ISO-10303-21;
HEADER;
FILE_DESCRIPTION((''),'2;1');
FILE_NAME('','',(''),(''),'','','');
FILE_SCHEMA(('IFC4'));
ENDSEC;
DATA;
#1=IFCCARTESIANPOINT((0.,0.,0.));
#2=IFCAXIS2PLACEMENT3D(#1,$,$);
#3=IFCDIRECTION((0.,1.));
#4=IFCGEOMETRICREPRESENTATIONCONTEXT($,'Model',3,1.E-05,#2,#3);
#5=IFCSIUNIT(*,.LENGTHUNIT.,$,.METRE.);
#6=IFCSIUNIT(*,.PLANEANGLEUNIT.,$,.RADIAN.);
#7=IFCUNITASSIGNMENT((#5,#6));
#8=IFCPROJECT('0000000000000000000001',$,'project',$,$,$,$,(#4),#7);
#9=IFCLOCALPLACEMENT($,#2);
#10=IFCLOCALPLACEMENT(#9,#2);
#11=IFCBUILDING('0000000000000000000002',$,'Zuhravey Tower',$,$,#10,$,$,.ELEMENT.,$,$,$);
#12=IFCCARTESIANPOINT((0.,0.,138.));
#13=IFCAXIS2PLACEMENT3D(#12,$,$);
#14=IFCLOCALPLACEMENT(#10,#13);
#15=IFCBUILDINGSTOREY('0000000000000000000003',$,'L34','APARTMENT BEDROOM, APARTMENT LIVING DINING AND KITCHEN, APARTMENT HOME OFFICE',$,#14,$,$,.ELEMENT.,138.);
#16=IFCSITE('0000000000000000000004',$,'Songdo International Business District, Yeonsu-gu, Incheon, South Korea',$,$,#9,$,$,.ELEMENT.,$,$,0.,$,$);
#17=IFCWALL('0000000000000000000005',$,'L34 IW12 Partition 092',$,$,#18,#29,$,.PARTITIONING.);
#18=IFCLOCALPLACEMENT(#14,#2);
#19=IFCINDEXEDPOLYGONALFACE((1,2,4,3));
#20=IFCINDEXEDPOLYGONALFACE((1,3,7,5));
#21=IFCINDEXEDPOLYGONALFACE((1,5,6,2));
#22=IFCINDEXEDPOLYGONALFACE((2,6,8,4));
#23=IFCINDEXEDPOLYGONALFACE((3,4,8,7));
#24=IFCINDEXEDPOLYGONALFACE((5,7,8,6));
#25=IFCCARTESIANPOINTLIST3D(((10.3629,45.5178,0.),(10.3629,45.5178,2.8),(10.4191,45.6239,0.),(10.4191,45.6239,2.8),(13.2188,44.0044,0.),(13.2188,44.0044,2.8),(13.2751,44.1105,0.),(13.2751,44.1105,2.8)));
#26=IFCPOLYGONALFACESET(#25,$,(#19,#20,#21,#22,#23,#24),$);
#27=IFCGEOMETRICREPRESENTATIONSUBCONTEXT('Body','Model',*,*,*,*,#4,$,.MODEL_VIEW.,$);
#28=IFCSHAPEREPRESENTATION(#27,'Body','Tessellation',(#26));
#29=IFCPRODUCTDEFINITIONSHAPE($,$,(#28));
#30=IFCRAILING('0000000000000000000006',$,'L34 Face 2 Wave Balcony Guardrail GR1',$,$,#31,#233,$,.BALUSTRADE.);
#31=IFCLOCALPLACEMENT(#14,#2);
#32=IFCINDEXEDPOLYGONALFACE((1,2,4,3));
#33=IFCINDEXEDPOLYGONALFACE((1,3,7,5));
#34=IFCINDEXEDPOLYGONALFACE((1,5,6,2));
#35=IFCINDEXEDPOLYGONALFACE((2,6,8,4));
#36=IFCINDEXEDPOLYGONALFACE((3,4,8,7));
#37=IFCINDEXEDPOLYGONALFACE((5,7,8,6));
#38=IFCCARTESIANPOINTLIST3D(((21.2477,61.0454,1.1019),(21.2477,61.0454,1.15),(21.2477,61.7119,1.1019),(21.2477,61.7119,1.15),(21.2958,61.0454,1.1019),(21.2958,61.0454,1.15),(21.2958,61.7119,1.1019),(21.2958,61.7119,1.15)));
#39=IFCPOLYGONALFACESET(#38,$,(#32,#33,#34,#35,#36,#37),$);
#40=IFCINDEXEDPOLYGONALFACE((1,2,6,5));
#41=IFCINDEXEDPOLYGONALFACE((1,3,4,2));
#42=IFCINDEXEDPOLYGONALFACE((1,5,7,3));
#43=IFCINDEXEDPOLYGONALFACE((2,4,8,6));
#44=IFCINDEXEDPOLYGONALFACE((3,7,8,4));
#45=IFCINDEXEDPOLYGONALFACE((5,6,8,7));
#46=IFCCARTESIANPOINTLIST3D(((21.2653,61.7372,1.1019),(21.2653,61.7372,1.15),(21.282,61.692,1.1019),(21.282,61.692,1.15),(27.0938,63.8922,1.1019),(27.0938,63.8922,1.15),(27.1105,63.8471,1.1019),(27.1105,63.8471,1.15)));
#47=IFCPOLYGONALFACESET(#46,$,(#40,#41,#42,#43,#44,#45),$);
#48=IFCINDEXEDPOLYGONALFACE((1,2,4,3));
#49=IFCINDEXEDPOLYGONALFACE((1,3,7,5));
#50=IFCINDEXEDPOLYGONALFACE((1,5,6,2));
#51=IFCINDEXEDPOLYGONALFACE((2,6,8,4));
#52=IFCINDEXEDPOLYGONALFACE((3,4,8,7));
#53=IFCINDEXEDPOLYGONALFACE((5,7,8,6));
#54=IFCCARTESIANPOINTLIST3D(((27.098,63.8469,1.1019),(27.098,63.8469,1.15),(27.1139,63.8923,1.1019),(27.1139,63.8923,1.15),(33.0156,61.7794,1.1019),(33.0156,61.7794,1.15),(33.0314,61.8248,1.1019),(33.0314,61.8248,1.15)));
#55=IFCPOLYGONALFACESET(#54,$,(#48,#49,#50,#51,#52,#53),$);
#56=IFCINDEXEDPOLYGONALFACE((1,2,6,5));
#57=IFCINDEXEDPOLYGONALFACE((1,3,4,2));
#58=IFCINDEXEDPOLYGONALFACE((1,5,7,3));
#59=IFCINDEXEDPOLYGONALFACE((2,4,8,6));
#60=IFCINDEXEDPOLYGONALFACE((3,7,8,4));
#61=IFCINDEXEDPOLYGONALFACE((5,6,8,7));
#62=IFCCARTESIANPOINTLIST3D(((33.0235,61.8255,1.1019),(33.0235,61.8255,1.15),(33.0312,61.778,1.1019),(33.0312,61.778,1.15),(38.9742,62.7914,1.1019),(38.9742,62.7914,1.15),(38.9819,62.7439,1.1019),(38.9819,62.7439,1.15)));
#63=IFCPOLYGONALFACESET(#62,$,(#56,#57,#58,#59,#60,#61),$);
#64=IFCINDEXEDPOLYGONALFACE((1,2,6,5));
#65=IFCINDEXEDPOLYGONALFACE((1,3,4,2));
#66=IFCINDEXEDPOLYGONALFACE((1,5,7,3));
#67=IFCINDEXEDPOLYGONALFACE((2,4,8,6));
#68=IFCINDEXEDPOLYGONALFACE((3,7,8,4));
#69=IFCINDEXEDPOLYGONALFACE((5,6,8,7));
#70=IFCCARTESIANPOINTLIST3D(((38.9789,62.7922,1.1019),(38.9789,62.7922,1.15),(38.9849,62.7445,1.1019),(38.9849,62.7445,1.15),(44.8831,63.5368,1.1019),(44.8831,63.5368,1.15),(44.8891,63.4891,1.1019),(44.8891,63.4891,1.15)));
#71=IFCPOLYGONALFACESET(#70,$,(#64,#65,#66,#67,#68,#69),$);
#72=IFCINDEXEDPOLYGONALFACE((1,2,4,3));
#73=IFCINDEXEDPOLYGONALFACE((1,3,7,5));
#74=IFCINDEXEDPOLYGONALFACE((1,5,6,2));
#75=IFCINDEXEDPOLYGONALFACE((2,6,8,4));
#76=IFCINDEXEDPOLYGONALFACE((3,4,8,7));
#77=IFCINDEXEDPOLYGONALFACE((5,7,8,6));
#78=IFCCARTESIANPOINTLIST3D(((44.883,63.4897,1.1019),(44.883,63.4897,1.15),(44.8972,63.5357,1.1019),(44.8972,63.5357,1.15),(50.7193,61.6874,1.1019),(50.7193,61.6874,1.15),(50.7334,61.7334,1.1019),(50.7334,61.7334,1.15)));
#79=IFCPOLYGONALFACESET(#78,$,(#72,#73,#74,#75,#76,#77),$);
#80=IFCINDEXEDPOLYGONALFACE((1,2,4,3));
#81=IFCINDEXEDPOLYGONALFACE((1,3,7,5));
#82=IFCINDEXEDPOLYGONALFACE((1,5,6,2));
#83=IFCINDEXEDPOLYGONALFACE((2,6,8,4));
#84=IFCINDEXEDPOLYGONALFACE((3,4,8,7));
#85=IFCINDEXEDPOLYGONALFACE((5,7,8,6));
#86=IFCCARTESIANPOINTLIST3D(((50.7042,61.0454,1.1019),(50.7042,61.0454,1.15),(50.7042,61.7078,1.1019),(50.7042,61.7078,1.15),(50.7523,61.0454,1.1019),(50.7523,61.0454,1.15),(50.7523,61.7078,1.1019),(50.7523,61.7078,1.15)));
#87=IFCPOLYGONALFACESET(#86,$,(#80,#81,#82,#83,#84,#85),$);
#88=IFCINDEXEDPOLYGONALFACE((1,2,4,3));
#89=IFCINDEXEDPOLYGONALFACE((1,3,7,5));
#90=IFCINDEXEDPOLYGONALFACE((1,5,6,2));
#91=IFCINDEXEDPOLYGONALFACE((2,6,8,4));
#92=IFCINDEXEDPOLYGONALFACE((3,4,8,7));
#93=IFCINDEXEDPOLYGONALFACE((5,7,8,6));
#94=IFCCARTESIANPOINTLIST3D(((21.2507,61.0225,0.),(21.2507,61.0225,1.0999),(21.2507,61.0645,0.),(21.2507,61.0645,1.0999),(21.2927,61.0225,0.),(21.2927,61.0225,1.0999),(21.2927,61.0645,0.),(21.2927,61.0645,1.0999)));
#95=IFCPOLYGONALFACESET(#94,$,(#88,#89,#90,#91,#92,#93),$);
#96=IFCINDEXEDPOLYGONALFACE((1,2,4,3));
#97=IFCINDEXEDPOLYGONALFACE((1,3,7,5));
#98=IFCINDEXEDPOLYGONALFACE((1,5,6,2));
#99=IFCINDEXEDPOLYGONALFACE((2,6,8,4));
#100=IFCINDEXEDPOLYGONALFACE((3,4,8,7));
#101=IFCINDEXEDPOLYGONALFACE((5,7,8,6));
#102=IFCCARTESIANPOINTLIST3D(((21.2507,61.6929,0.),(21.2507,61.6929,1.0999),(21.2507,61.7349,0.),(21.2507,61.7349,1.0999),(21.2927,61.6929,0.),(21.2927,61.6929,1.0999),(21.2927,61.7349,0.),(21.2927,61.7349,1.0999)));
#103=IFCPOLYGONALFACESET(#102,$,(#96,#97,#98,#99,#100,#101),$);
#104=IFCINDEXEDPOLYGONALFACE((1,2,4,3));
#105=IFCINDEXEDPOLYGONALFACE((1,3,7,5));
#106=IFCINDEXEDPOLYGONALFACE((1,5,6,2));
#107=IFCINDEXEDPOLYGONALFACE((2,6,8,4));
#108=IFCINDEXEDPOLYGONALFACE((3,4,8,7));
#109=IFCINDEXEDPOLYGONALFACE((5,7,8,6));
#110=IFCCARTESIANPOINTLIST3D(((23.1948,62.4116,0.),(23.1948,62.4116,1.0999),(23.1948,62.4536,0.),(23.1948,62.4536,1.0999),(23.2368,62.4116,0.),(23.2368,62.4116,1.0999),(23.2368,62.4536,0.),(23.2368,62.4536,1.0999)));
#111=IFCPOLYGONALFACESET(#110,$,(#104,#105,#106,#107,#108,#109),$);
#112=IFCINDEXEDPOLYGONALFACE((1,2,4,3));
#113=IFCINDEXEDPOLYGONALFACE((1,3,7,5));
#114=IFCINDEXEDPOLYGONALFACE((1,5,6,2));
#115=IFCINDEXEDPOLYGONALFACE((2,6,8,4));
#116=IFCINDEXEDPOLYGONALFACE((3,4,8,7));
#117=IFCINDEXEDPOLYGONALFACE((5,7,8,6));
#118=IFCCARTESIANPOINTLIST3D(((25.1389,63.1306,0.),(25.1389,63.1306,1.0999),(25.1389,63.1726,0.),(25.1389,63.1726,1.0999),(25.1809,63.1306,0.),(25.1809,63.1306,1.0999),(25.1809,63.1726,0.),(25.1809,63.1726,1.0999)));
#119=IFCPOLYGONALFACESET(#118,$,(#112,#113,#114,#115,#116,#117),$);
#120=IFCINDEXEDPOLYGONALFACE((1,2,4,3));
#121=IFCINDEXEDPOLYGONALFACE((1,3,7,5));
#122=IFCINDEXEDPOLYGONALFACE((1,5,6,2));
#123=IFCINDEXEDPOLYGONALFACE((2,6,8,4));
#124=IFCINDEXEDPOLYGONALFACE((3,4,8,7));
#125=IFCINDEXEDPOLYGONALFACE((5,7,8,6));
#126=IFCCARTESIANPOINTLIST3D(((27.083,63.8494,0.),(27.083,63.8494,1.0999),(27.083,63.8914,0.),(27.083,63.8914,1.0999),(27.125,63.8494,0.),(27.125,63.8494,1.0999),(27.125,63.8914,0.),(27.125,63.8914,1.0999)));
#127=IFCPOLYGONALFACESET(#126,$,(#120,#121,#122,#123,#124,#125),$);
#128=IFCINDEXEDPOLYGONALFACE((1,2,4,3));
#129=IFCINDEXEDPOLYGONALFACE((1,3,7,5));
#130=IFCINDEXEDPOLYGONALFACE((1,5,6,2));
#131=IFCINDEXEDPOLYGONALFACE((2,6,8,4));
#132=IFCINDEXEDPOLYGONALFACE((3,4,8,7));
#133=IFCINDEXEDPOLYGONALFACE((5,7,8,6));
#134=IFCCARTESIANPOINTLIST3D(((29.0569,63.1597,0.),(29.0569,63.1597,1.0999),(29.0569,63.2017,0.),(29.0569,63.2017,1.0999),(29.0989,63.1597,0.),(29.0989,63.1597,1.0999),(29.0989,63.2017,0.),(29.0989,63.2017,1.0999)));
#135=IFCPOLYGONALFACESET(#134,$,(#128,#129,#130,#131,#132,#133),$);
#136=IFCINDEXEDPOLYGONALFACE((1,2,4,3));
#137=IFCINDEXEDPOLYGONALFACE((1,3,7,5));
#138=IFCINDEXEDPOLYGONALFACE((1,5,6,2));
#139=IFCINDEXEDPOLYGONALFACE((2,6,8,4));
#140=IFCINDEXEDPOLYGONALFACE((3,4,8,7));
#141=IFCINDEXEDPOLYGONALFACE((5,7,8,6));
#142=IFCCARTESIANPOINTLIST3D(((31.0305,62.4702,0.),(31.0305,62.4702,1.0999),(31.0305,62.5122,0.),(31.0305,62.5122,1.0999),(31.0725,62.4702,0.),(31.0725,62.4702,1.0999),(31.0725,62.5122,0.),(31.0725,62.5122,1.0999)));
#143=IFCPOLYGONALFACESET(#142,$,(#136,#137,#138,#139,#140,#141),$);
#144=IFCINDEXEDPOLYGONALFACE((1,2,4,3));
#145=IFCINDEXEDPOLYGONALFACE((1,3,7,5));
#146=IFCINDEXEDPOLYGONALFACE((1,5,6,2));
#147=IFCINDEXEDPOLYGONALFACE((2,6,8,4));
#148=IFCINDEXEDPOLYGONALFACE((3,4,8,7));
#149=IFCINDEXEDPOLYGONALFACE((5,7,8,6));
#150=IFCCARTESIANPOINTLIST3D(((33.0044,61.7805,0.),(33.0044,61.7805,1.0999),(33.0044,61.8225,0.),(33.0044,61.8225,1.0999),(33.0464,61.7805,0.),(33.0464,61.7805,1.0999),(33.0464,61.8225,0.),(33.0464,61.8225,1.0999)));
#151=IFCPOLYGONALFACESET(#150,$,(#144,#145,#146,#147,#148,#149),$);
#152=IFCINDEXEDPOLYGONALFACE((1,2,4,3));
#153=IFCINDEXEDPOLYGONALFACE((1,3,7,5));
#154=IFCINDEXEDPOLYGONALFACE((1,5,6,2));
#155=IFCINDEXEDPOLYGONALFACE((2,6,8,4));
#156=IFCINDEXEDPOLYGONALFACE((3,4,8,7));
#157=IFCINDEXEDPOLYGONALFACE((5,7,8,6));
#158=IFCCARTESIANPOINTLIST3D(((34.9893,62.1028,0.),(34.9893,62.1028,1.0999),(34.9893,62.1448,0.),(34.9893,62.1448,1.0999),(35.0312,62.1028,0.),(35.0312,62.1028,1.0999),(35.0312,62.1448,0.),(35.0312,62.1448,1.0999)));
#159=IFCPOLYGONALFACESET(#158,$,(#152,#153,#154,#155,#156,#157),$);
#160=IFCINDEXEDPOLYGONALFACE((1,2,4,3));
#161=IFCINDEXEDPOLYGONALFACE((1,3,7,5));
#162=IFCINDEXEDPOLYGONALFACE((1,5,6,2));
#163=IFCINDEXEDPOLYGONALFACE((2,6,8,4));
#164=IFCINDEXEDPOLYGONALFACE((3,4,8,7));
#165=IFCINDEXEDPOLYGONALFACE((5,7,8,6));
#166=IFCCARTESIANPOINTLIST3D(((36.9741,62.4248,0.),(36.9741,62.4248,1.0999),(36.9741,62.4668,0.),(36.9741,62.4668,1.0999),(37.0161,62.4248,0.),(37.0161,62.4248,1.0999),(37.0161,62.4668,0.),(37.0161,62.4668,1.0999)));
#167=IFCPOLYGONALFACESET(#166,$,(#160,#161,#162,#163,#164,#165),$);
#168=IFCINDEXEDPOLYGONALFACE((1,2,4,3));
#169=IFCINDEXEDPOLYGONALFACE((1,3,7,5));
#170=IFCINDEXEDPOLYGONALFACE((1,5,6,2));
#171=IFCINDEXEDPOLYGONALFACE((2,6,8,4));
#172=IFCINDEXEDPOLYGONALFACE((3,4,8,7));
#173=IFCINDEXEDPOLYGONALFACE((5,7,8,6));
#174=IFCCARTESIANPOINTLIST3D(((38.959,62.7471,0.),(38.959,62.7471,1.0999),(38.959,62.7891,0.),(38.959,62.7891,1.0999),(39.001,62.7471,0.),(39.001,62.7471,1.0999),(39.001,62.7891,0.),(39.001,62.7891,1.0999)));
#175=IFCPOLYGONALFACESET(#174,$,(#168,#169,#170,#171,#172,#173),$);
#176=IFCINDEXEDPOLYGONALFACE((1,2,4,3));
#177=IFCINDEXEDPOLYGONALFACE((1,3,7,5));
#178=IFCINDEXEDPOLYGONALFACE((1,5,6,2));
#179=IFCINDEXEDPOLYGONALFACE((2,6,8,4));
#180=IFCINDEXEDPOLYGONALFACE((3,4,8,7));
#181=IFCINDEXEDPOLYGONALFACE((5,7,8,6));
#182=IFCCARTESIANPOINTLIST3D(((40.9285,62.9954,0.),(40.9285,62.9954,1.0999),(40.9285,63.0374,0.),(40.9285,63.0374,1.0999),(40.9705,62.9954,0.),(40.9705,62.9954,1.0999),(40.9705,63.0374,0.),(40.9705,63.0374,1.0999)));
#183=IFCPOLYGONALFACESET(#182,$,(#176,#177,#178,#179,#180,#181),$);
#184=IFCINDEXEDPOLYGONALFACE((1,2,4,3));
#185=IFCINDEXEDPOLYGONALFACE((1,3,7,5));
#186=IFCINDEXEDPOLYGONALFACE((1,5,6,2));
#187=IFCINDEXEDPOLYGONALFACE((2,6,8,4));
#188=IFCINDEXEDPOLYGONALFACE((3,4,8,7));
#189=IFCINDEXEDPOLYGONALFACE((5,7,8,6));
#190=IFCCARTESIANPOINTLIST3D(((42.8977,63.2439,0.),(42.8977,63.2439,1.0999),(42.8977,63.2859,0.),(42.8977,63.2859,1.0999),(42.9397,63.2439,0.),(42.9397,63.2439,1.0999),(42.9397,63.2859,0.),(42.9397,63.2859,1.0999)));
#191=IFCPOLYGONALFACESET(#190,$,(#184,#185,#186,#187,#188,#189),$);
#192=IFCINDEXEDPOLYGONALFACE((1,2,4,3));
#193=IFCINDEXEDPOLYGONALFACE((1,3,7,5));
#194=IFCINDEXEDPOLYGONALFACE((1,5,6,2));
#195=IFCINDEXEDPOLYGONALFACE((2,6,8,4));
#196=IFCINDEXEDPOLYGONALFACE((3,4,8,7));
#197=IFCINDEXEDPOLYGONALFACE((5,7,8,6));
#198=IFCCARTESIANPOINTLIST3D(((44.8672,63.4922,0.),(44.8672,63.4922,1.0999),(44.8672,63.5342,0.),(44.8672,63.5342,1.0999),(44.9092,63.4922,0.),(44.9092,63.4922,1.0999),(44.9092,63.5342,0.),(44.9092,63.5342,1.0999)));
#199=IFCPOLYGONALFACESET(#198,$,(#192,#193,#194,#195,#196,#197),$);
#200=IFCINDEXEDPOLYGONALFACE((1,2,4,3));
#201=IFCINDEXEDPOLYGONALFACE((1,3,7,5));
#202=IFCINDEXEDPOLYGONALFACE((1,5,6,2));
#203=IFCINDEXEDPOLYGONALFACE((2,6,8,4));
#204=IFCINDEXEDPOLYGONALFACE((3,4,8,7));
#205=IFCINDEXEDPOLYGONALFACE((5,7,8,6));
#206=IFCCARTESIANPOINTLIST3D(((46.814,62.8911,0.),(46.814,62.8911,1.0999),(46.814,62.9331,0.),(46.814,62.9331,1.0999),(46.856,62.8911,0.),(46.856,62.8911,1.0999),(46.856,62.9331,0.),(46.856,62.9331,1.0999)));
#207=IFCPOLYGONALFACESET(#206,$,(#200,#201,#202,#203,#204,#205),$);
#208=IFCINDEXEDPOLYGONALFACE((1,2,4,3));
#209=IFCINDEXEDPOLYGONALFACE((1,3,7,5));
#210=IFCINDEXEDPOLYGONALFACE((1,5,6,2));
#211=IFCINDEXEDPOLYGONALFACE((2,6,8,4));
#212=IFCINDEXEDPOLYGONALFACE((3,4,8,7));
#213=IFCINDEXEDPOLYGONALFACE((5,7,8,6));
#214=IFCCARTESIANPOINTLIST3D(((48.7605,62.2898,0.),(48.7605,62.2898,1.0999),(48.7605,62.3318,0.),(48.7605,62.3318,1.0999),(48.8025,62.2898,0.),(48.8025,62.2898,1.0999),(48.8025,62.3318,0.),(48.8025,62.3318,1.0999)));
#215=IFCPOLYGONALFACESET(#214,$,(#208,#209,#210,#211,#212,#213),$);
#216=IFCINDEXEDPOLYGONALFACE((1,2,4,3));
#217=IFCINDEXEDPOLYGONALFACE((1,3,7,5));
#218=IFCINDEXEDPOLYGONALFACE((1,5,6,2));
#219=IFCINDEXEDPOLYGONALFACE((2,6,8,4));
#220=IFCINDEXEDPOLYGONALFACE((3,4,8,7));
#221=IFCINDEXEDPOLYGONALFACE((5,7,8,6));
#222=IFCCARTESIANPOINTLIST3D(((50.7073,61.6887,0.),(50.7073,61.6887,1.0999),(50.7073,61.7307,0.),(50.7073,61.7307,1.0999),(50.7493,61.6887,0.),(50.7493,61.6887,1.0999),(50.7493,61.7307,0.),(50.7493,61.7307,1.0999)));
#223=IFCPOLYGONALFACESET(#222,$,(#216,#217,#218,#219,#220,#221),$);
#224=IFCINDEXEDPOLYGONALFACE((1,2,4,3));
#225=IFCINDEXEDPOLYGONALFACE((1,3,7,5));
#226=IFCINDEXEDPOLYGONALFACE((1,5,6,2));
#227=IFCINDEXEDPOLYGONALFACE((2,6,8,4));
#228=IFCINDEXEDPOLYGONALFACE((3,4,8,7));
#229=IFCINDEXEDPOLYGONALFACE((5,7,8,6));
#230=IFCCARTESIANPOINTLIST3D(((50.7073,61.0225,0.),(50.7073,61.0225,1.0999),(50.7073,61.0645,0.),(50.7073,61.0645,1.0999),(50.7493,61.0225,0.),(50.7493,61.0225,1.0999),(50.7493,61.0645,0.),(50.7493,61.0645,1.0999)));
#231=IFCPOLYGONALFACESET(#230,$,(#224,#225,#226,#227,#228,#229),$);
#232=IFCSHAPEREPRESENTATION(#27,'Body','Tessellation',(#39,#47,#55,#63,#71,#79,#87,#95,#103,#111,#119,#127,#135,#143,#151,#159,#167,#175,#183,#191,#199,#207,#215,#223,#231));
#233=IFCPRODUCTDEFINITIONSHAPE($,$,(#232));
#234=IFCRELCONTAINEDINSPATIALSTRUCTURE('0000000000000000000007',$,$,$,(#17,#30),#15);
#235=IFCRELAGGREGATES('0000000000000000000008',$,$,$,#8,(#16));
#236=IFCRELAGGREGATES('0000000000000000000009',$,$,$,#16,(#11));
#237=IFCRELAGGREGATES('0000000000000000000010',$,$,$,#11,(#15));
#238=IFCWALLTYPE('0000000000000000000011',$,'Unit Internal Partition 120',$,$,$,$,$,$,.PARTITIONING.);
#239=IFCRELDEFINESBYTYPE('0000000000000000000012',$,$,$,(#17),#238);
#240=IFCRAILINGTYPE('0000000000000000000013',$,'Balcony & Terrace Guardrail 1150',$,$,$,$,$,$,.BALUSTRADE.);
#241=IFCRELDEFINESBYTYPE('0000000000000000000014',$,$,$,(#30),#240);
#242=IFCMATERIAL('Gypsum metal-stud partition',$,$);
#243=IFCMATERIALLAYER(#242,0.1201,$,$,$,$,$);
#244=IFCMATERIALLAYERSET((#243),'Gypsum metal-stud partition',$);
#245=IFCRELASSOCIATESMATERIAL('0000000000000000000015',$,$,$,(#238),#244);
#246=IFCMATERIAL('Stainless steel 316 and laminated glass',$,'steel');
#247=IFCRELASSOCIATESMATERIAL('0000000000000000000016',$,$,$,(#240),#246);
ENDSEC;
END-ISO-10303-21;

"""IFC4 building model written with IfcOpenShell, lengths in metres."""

from ifc_helpers import new_model, si_unit, direction, frame, frame_2d, origin, origin_2d, place, context, subcontext, project, spatial, rectangle, extrude, material, layer, layer_set, type_object, element, save


model = new_model("IFC4")

# Units and contexts
model_context = context("Model", 3, precision=1e-05, world=origin(), true_north=direction((0.0, 1.0)))
body_context = subcontext(model_context, "Body", "Model", "MODEL_VIEW")
ifc_project = project(units=[si_unit("LENGTHUNIT", "METRE"), si_unit("PLANEANGLEUNIT", "RADIAN")], contexts=[model_context])

# Site, building, storey
site_placement = place(None, origin())
site = spatial("IfcSite", under=ifc_project, at=site_placement, Name="Songdo International Business District, Yeonsu-gu, Incheon, South Korea", CompositionType="ELEMENT", RefElevation=0.0)
building_placement = place(site_placement, origin())
building = spatial("IfcBuilding", under=site, at=building_placement, Name="Zuhravey Tower", CompositionType="ELEMENT")
storey_placement = place(building_placement, frame((0.0, 0.0, 138.0)))
storey = spatial("IfcBuildingStorey", under=building, at=storey_placement, Name="L34", Description="APARTMENT BEDROOM, APARTMENT LIVING DINING AND KITCHEN, APARTMENT HOME OFFICE", CompositionType="ELEMENT", Elevation=138.0)

# Shared definitions
ifc_material_1 = material(Name="Gypsum metal-stud partition")
ifc_layer_1 = layer(ifc_material_1, 0.1201)
ifc_layer_set_1 = layer_set([ifc_layer_1], Name="Gypsum metal-stud partition")
wall_type_1 = type_object("IfcWallType", Name="Unit Internal Partition 120", PredefinedType="PARTITIONING", material=ifc_layer_set_1)

# Wall
wall_1_placement = place(storey_placement, frame((13.2471, 44.0574, 0.0), z_axis=(0.0, 0.0, 1.0), x_axis=(-0.883602, 0.468238, 0.0)))
element("IfcWall", 1, at=wall_1_placement, inside=storey, type_object=wall_type_1, Name="L34 IW12 Partition 092", PredefinedType="PARTITIONING", context=body_context, shape_type="SweptSolid", body=[
    extrude(rectangle(XDim=3.2322, YDim=0.1201, at=frame_2d((1.6162, 0.0))), origin(), (0.0, 0.0, 1.0), 2.8),
])

# Railing
ifc_material_2 = material(Name="Stainless steel 316 and laminated glass", Category="steel")
railing_type = type_object("IfcRailingType", Name="Balcony & Terrace Guardrail 1150", PredefinedType="BALUSTRADE", material=ifc_material_2)
railing_placement = place(storey_placement, frame((21.2717, 61.0435, 0.0)))
element("IfcRailing", 2, at=railing_placement, inside=storey, type_object=railing_type, Name="L34 Face 2 Wave Balcony Guardrail GR1", PredefinedType="BALUSTRADE", context=body_context, shape_type="SweptSolid", body=[
    extrude(rectangle(XDim=0.0481, YDim=0.0481, at=origin_2d()), frame((0.0, 0.002, 1.126), z_axis=(0.0, 1.0, 0.0), x_axis=(-1.0, 0.0, 0.0)), (0.0, 0.0, 1.0), 0.6665),
    extrude(rectangle(XDim=0.0481, YDim=0.0481, at=origin_2d()), frame((0.002, 0.6711, 1.126), z_axis=(0.937938, 0.346804, 0.0), x_axis=(-0.346804, 0.937938, 0.0)), (0.0, 0.0, 1.0), 6.2141),
    extrude(rectangle(XDim=0.0481, YDim=0.0481, at=origin_2d()), frame((5.8342, 2.8262, 1.126), z_axis=(0.944039, -0.329834, 0.0), x_axis=(0.329834, 0.944039, 0.0)), (0.0, 0.0, 1.0), 6.2683),
    extrude(rectangle(XDim=0.0481, YDim=0.0481, at=origin_2d()), frame((11.7556, 0.7583, 1.126), z_axis=(0.987081, 0.160224, 0.0), x_axis=(-0.160224, 0.987081, 0.0)), (0.0, 0.0, 1.0), 6.0286),
    extrude(rectangle(XDim=0.0481, YDim=0.0481, at=origin_2d()), frame((17.7102, 1.7249, 1.126), z_axis=(0.992141, 0.125125, 0.0), x_axis=(-0.125125, 0.992141, 0.0)), (0.0, 0.0, 1.0), 5.9509),
    extrude(rectangle(XDim=0.0481, YDim=0.0481, at=origin_2d()), frame((23.6184, 2.4692, 1.126), z_axis=(0.955479, -0.29506, 0.0), x_axis=(0.29506, 0.955479, 0.0)), (0.0, 0.0, 1.0), 6.1082),
    extrude(rectangle(XDim=0.0481, YDim=0.0481, at=origin_2d()), frame((29.4565, 0.6643, 1.126), z_axis=(0.0, -1.0, 0.0), x_axis=(1.0, 0.0, 0.0)), (0.0, 0.0, 1.0), 0.6624),
    extrude(rectangle(XDim=0.042, YDim=0.042, at=origin_2d()), origin(), (0.0, 0.0, 1.0), 1.0999),
    extrude(rectangle(XDim=0.042, YDim=0.042, at=origin_2d()), frame((0.0, 0.6704, 0.0)), (0.0, 0.0, 1.0), 1.0999),
    extrude(rectangle(XDim=0.042, YDim=0.042, at=origin_2d()), frame((1.9441, 1.3892, 0.0)), (0.0, 0.0, 1.0), 1.0999),
    extrude(rectangle(XDim=0.042, YDim=0.042, at=origin_2d()), frame((3.8882, 2.1082, 0.0)), (0.0, 0.0, 1.0), 1.0999),
    extrude(rectangle(XDim=0.042, YDim=0.042, at=origin_2d()), frame((5.8323, 2.8269, 0.0)), (0.0, 0.0, 1.0), 1.0999),
    extrude(rectangle(XDim=0.042, YDim=0.042, at=origin_2d()), frame((7.8062, 2.1372, 0.0)), (0.0, 0.0, 1.0), 1.0999),
    extrude(rectangle(XDim=0.042, YDim=0.042, at=origin_2d()), frame((9.7798, 1.4478, 0.0)), (0.0, 0.0, 1.0), 1.0999),
    extrude(rectangle(XDim=0.042, YDim=0.042, at=origin_2d()), frame((11.7537, 0.7581, 0.0)), (0.0, 0.0, 1.0), 1.0999),
    extrude(rectangle(XDim=0.042, YDim=0.042, at=origin_2d()), frame((13.7385, 1.0803, 0.0)), (0.0, 0.0, 1.0), 1.0999),
    extrude(rectangle(XDim=0.042, YDim=0.042, at=origin_2d()), frame((15.7234, 1.4023, 0.0)), (0.0, 0.0, 1.0), 1.0999),
    extrude(rectangle(XDim=0.042, YDim=0.042, at=origin_2d()), frame((17.7083, 1.7246, 0.0)), (0.0, 0.0, 1.0), 1.0999),
    extrude(rectangle(XDim=0.042, YDim=0.042, at=origin_2d()), frame((19.6777, 1.9729, 0.0)), (0.0, 0.0, 1.0), 1.0999),
    extrude(rectangle(XDim=0.042, YDim=0.042, at=origin_2d()), frame((21.647, 2.2214, 0.0)), (0.0, 0.0, 1.0), 1.0999),
    extrude(rectangle(XDim=0.042, YDim=0.042, at=origin_2d()), frame((23.6165, 2.4697, 0.0)), (0.0, 0.0, 1.0), 1.0999),
    extrude(rectangle(XDim=0.042, YDim=0.042, at=origin_2d()), frame((25.5632, 1.8687, 0.0)), (0.0, 0.0, 1.0), 1.0999),
    extrude(rectangle(XDim=0.042, YDim=0.042, at=origin_2d()), frame((27.5098, 1.2673, 0.0)), (0.0, 0.0, 1.0), 1.0999),
    extrude(rectangle(XDim=0.042, YDim=0.042, at=origin_2d()), frame((29.4565, 0.6663, 0.0)), (0.0, 0.0, 1.0), 1.0999),
    extrude(rectangle(XDim=0.042, YDim=0.042, at=origin_2d()), frame((29.4565, 0.0, 0.0)), (0.0, 0.0, 1.0), 1.0999),
])

save(model, "model.ifc")
